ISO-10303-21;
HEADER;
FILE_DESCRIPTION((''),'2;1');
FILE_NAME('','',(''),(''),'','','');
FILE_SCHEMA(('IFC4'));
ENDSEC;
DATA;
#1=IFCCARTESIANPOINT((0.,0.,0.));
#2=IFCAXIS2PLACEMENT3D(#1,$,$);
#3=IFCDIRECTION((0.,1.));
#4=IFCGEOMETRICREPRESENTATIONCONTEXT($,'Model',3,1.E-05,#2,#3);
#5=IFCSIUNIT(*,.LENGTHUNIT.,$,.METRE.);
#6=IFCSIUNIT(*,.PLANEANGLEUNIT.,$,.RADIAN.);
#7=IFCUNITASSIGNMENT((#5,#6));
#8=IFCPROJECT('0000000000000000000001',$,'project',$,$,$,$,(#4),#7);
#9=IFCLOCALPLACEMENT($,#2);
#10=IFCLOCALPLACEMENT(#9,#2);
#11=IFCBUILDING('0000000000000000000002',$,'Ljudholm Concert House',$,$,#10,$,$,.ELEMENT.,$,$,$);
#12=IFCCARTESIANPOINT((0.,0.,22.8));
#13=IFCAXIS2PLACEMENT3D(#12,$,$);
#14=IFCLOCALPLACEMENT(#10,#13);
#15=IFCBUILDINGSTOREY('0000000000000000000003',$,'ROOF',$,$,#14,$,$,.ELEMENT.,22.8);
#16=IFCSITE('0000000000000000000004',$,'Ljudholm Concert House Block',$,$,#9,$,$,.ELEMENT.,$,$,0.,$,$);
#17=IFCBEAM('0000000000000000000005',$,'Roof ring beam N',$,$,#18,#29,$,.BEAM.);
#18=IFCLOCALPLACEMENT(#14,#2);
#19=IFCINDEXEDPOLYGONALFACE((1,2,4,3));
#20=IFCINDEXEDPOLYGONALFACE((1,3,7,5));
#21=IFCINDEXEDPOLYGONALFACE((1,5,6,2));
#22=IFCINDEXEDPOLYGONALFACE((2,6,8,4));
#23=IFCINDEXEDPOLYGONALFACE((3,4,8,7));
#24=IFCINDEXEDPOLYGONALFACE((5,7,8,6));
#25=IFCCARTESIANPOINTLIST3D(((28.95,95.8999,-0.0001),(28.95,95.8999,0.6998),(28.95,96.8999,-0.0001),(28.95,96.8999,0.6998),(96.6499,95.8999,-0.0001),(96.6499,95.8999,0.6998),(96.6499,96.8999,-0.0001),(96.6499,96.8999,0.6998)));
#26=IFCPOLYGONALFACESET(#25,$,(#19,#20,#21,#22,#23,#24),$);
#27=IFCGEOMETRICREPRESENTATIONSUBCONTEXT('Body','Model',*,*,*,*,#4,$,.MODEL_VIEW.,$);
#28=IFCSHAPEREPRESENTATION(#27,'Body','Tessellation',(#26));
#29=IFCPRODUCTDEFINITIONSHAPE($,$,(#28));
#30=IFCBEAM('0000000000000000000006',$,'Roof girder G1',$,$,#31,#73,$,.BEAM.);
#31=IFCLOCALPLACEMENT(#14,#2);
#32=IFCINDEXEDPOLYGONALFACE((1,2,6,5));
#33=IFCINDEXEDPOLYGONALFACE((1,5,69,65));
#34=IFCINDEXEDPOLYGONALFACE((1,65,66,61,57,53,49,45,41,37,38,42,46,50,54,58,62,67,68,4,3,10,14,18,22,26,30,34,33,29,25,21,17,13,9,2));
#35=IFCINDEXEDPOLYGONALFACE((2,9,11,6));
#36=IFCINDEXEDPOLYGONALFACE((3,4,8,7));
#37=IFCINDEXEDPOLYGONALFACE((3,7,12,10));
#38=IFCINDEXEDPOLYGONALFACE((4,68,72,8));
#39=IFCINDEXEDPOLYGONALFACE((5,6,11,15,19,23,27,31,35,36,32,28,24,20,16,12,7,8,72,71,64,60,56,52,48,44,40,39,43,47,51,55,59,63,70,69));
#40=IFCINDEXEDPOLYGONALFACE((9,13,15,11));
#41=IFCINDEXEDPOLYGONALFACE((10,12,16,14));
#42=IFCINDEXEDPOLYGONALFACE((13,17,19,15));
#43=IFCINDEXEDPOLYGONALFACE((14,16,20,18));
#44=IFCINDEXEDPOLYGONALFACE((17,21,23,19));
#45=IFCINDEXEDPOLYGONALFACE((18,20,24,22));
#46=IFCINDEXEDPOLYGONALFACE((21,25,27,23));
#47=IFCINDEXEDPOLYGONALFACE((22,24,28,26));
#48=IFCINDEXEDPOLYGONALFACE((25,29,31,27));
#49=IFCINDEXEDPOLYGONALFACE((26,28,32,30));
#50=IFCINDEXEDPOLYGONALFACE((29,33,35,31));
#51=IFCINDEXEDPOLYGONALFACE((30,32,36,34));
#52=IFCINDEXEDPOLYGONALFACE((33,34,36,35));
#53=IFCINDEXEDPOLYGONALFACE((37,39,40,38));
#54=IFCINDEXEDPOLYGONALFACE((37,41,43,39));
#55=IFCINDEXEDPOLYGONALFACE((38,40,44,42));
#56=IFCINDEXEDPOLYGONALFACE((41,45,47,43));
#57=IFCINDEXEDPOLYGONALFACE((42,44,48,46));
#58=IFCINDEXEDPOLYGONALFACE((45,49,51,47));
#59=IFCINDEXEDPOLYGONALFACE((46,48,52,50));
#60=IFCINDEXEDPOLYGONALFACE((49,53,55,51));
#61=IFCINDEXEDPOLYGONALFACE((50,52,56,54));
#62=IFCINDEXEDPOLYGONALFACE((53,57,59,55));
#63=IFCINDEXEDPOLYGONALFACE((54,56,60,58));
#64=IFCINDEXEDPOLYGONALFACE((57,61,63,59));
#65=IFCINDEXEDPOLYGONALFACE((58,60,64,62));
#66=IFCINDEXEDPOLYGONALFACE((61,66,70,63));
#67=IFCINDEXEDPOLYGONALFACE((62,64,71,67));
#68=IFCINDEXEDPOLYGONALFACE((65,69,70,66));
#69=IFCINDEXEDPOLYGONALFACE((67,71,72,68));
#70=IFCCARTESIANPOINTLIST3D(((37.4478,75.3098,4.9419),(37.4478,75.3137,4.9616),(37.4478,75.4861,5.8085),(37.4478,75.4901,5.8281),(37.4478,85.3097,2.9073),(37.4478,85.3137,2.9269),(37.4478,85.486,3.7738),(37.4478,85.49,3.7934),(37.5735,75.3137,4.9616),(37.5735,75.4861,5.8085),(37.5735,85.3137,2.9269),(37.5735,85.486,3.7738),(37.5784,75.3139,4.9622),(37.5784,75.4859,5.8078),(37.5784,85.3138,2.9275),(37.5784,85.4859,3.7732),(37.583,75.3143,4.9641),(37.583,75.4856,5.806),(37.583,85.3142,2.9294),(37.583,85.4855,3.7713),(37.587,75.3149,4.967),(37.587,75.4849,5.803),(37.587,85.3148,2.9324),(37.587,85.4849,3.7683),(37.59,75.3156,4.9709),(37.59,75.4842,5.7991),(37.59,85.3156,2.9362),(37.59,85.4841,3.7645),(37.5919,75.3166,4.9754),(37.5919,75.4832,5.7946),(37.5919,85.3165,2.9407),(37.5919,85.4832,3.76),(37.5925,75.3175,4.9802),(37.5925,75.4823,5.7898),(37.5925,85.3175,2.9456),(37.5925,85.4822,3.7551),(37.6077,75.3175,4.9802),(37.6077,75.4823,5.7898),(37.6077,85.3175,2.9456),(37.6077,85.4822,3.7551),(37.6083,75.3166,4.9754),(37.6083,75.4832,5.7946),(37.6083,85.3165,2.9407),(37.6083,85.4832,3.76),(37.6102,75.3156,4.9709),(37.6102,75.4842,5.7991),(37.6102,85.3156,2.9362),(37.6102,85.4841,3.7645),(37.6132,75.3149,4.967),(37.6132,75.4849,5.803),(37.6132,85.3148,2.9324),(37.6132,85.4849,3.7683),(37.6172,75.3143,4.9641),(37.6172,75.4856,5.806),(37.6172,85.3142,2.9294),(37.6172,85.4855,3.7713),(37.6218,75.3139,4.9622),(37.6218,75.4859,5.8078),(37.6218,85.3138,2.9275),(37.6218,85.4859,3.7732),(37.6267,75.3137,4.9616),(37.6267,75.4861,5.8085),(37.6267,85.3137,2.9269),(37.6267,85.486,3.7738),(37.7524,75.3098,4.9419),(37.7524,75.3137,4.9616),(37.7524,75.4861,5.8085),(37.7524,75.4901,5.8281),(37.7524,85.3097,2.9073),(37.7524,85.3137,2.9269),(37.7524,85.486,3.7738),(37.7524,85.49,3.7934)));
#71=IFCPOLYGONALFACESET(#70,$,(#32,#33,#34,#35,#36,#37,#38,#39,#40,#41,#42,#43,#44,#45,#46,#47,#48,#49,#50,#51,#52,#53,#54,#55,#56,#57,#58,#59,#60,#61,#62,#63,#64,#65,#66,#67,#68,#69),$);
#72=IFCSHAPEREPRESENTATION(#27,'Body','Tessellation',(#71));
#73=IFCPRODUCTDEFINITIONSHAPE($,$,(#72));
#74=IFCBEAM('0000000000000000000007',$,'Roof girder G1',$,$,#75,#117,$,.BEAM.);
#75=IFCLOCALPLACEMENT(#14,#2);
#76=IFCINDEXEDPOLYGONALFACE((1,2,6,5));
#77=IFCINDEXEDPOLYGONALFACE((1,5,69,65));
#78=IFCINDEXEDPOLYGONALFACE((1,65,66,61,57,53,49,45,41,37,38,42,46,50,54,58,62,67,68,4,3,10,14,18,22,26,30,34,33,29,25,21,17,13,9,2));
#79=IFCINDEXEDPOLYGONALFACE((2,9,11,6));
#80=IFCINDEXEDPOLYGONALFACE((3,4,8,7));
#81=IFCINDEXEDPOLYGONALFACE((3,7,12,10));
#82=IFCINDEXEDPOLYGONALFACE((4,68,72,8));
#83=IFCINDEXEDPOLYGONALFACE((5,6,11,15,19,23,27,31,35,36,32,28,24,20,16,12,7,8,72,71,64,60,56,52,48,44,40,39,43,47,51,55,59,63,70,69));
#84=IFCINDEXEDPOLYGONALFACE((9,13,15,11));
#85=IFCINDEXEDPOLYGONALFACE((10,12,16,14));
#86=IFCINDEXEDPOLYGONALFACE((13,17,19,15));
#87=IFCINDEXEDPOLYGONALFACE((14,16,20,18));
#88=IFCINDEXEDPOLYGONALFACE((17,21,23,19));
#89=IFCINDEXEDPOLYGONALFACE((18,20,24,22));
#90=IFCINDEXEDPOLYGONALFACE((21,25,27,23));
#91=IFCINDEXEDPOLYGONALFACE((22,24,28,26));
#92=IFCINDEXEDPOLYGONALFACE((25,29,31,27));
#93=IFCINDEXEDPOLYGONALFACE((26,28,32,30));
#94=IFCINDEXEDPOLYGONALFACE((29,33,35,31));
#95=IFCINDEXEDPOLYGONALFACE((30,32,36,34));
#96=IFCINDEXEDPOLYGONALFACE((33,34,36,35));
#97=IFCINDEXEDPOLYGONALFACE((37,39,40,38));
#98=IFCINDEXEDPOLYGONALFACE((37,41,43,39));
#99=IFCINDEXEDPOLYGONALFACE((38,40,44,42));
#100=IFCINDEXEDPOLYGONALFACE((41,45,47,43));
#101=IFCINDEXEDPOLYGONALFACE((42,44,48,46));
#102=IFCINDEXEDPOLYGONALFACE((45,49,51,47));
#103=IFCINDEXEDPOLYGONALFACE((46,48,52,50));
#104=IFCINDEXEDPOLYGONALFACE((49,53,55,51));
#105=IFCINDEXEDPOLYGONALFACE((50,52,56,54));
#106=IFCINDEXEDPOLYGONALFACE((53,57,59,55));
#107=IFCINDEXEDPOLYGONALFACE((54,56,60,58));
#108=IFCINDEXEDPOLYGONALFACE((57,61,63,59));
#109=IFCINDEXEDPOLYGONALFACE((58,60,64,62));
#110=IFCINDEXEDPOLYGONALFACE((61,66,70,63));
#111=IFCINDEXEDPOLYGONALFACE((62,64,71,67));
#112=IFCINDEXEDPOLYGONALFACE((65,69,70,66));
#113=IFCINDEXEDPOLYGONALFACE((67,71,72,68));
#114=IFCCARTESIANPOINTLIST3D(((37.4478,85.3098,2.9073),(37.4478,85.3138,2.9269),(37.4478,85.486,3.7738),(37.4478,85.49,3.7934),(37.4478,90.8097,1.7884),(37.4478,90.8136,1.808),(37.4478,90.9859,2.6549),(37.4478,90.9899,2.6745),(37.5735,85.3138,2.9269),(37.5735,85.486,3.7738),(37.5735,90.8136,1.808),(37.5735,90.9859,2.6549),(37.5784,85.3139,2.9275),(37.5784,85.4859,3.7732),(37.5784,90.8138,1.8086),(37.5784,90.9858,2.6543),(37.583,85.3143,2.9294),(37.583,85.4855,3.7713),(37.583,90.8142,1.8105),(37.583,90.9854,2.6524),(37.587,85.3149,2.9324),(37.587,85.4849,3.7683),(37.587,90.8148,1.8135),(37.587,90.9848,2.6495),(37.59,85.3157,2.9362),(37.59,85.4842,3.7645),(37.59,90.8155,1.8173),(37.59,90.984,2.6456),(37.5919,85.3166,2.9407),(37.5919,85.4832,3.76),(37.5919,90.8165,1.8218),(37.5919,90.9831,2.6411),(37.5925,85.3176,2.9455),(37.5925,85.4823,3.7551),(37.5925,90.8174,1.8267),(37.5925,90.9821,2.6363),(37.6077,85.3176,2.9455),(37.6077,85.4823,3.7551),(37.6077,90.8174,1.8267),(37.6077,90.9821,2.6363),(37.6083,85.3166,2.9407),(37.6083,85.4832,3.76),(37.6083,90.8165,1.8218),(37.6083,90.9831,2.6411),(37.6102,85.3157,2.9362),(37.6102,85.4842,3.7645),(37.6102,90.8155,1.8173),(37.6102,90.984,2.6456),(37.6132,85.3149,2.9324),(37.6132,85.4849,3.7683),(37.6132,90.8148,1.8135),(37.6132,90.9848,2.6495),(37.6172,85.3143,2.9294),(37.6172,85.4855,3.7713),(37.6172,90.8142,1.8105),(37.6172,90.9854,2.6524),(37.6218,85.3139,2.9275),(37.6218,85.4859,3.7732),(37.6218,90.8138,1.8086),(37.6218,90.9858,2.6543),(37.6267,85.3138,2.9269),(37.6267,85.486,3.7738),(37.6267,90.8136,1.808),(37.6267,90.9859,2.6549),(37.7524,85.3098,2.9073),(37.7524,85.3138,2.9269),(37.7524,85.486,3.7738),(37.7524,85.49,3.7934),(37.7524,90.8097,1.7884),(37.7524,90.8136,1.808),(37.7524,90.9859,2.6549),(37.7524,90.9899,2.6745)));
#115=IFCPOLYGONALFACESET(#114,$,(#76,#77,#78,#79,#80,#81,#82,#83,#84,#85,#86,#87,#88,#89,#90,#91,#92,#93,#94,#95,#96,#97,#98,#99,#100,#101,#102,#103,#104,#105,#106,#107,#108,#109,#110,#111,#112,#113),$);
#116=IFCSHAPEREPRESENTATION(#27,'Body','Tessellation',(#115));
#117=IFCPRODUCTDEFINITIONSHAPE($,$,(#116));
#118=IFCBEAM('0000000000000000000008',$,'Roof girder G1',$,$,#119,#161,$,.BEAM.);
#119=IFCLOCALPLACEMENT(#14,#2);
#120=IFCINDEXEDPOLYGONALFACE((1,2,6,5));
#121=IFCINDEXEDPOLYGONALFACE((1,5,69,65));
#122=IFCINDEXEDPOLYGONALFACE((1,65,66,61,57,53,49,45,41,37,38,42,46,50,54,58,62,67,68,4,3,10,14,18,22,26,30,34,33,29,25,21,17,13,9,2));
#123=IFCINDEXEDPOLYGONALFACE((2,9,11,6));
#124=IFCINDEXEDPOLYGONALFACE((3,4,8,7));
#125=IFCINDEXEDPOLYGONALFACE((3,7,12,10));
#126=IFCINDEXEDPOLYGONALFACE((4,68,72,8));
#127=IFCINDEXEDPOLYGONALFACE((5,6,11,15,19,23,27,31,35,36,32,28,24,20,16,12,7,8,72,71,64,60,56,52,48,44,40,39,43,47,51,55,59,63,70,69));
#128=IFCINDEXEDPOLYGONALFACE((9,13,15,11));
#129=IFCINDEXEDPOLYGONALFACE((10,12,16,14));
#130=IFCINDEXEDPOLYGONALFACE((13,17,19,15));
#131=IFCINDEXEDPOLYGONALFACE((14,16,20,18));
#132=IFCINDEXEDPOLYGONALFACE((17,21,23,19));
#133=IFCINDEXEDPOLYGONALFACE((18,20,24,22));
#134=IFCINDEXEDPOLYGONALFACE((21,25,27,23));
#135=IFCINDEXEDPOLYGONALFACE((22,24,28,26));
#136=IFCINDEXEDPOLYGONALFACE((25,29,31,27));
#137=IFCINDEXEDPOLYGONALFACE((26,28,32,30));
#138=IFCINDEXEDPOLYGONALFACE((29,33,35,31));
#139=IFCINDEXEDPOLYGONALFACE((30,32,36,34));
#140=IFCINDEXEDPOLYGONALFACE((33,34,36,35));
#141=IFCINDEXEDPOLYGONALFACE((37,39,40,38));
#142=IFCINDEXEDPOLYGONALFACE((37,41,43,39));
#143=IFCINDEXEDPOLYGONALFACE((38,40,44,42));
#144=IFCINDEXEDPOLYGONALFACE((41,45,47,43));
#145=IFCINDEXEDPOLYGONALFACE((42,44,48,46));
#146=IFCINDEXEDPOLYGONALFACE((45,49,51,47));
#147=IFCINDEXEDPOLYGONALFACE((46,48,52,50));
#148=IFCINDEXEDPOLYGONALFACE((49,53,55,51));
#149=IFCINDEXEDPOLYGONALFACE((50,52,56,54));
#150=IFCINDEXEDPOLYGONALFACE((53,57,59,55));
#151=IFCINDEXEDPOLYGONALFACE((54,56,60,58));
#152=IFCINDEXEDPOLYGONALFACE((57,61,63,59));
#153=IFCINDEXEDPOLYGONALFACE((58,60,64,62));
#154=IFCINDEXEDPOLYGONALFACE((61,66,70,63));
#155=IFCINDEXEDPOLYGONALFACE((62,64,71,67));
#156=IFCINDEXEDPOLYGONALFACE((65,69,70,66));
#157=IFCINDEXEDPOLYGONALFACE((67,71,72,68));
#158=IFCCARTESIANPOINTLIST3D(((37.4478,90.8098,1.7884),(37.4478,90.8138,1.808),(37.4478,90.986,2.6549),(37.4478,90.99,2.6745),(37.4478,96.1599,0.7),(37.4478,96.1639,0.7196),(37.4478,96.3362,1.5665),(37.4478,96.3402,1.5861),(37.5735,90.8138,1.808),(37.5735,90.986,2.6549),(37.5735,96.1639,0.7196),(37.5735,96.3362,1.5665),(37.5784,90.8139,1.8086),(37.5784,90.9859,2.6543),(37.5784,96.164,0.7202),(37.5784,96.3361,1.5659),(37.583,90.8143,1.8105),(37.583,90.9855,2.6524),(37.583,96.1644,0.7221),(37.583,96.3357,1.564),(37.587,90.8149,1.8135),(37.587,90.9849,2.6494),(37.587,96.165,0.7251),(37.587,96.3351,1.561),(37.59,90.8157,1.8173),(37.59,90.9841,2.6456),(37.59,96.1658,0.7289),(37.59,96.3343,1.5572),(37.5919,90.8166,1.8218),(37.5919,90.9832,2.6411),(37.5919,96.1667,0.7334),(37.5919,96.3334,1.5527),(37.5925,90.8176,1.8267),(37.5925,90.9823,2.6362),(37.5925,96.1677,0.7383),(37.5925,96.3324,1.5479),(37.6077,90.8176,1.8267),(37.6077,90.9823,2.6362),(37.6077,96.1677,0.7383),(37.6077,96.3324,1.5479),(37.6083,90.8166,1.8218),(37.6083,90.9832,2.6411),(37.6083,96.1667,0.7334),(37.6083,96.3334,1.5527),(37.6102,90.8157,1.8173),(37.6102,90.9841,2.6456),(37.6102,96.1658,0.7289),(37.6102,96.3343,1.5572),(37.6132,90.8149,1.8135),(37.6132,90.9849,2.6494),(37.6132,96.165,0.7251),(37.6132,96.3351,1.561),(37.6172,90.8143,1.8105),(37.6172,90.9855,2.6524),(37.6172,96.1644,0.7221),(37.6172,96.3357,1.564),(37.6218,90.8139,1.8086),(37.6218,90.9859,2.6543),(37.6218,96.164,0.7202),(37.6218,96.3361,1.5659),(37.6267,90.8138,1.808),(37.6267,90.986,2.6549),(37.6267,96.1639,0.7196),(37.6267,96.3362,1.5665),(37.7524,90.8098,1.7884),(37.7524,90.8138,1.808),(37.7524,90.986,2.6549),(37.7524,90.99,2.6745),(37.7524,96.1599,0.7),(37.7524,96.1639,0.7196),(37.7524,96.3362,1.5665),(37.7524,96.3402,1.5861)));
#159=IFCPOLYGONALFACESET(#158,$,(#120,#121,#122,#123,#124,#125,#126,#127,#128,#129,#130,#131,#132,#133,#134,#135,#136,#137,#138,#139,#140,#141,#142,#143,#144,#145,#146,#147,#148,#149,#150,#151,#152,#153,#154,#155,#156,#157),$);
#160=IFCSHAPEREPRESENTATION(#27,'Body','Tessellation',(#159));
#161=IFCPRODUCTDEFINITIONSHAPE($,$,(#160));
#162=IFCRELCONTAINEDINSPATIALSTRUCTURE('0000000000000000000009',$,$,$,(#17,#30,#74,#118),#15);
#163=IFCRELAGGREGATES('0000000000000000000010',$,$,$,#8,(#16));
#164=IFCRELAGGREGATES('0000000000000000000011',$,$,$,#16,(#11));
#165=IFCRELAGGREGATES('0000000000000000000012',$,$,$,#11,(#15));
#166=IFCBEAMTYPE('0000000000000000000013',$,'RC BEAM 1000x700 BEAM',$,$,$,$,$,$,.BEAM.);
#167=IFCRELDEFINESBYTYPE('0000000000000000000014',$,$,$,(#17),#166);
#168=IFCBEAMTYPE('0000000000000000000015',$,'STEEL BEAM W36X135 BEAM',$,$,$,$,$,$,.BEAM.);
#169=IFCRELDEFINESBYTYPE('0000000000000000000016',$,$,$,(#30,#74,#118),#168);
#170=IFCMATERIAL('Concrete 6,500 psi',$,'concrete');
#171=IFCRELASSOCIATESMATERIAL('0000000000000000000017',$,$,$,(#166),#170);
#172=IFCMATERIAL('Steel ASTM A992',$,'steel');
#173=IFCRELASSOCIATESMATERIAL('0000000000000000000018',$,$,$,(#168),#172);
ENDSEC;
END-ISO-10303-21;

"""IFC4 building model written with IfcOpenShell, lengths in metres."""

from ifc_helpers import new_model, si_unit, direction, frame, origin, origin_2d, place, context, subcontext, project, spatial, rectangle, i_section, extrude, material, material_profile, profile_set, type_object, element, save


model = new_model("IFC4")

# Units and contexts
model_context = context("Model", 3, precision=1e-05, world=origin(), true_north=direction((0.0, 1.0)))
body_context = subcontext(model_context, "Body", "Model", "MODEL_VIEW")
ifc_project = project(units=[si_unit("LENGTHUNIT", "METRE"), si_unit("PLANEANGLEUNIT", "RADIAN")], contexts=[model_context])

# Site, building, storey
site_placement = place(None, origin())
site = spatial("IfcSite", under=ifc_project, at=site_placement, Name="Ljudholm Concert House Block", CompositionType="ELEMENT", RefElevation=0.0)
building_placement = place(site_placement, origin())
building = spatial("IfcBuilding", under=site, at=building_placement, Name="Ljudholm Concert House", CompositionType="ELEMENT")
storey_placement = place(building_placement, frame((0.0, 0.0, 22.8)))
storey = spatial("IfcBuildingStorey", under=building, at=storey_placement, Name="ROOF", CompositionType="ELEMENT", Elevation=22.8)

# Beams
ifc_material_1 = material(Name="Concrete 6,500 psi", Category="concrete")
ifc_material_profile_1 = material_profile(ifc_material_1, rectangle(XDim=1.0, YDim=0.7, at=origin_2d()), Name="RC BEAM 1000x700 BEAM")
ifc_profile_set_1 = profile_set([ifc_material_profile_1], Name="Concrete 6,500 psi")
beam_type_1 = type_object("IfcBeamType", Name="RC BEAM 1000x700 BEAM", PredefinedType="BEAM", material=ifc_profile_set_1)
beam_1_placement = place(storey_placement, frame((28.95, 96.3999, 0.3499), z_axis=(1.0, 0.0, 0.0), x_axis=(0.0, 1.0, 0.0)))
element("IfcBeam", 1, at=beam_1_placement, inside=storey, type_object=beam_type_1, Name="Roof ring beam N", PredefinedType="BEAM", context=body_context, shape_type="SweptSolid", body=[
    extrude(rectangle(XDim=1.0, YDim=0.7, at=origin_2d()), origin(), (0.0, 0.0, 1.0), 67.7),
])
ifc_material_2 = material(Name="Steel ASTM A992", Category="steel")
ifc_material_profile_2 = material_profile(ifc_material_2, i_section(OverallWidth=0.3047, OverallDepth=0.9043, WebThickness=0.0151, FlangeThickness=0.02, FilletRadius=0.019, at=origin_2d()), Name="W36X135")
ifc_profile_set_2 = profile_set([ifc_material_profile_2], Name="Steel ASTM A992")
beam_type_2 = type_object("IfcBeamType", Name="STEEL BEAM W36X135 BEAM", PredefinedType="BEAM", material=ifc_profile_set_2)
beam_2_placement = place(storey_placement, frame((37.6001, 75.3999, 5.385), z_axis=(0.0, 0.979922, -0.199382), x_axis=(-1.0, 0.0, 0.0)))
element("IfcBeam", 2, at=beam_2_placement, inside=storey, type_object=beam_type_2, Name="Roof girder G1", PredefinedType="BEAM", context=body_context, shape_type="SweptSolid", body=[
    extrude(i_section(OverallWidth=0.3047, OverallDepth=0.9043, WebThickness=0.0151, FlangeThickness=0.02, FilletRadius=0.019, at=origin_2d()), origin(), (0.0, 0.0, 1.0), 10.2048),
])
beam_3_placement = place(storey_placement, frame((37.6001, 85.3999, 3.3503), z_axis=(0.0, 0.979928, -0.199352), x_axis=(-1.0, 0.0, 0.0)))
element("IfcBeam", 3, at=beam_3_placement, inside=storey, type_object=beam_type_2, Name="Roof girder G1", PredefinedType="BEAM", context=body_context, shape_type="SweptSolid", body=[
    extrude(i_section(OverallWidth=0.3047, OverallDepth=0.9043, WebThickness=0.0151, FlangeThickness=0.02, FilletRadius=0.019, at=origin_2d()), origin(), (0.0, 0.0, 1.0), 5.6125),
])
beam_4_placement = place(storey_placement, frame((37.6001, 90.8999, 2.2314), z_axis=(0.0, 0.979929, -0.199348), x_axis=(-1.0, 0.0, 0.0)))
element("IfcBeam", 4, at=beam_4_placement, inside=storey, type_object=beam_type_2, Name="Roof girder G1", PredefinedType="BEAM", context=body_context, shape_type="SweptSolid", body=[
    extrude(i_section(OverallWidth=0.3047, OverallDepth=0.9043, WebThickness=0.0151, FlangeThickness=0.02, FilletRadius=0.019, at=origin_2d()), origin(), (0.0, 0.0, 1.0), 5.4597),
])

save(model, "model.ifc")
